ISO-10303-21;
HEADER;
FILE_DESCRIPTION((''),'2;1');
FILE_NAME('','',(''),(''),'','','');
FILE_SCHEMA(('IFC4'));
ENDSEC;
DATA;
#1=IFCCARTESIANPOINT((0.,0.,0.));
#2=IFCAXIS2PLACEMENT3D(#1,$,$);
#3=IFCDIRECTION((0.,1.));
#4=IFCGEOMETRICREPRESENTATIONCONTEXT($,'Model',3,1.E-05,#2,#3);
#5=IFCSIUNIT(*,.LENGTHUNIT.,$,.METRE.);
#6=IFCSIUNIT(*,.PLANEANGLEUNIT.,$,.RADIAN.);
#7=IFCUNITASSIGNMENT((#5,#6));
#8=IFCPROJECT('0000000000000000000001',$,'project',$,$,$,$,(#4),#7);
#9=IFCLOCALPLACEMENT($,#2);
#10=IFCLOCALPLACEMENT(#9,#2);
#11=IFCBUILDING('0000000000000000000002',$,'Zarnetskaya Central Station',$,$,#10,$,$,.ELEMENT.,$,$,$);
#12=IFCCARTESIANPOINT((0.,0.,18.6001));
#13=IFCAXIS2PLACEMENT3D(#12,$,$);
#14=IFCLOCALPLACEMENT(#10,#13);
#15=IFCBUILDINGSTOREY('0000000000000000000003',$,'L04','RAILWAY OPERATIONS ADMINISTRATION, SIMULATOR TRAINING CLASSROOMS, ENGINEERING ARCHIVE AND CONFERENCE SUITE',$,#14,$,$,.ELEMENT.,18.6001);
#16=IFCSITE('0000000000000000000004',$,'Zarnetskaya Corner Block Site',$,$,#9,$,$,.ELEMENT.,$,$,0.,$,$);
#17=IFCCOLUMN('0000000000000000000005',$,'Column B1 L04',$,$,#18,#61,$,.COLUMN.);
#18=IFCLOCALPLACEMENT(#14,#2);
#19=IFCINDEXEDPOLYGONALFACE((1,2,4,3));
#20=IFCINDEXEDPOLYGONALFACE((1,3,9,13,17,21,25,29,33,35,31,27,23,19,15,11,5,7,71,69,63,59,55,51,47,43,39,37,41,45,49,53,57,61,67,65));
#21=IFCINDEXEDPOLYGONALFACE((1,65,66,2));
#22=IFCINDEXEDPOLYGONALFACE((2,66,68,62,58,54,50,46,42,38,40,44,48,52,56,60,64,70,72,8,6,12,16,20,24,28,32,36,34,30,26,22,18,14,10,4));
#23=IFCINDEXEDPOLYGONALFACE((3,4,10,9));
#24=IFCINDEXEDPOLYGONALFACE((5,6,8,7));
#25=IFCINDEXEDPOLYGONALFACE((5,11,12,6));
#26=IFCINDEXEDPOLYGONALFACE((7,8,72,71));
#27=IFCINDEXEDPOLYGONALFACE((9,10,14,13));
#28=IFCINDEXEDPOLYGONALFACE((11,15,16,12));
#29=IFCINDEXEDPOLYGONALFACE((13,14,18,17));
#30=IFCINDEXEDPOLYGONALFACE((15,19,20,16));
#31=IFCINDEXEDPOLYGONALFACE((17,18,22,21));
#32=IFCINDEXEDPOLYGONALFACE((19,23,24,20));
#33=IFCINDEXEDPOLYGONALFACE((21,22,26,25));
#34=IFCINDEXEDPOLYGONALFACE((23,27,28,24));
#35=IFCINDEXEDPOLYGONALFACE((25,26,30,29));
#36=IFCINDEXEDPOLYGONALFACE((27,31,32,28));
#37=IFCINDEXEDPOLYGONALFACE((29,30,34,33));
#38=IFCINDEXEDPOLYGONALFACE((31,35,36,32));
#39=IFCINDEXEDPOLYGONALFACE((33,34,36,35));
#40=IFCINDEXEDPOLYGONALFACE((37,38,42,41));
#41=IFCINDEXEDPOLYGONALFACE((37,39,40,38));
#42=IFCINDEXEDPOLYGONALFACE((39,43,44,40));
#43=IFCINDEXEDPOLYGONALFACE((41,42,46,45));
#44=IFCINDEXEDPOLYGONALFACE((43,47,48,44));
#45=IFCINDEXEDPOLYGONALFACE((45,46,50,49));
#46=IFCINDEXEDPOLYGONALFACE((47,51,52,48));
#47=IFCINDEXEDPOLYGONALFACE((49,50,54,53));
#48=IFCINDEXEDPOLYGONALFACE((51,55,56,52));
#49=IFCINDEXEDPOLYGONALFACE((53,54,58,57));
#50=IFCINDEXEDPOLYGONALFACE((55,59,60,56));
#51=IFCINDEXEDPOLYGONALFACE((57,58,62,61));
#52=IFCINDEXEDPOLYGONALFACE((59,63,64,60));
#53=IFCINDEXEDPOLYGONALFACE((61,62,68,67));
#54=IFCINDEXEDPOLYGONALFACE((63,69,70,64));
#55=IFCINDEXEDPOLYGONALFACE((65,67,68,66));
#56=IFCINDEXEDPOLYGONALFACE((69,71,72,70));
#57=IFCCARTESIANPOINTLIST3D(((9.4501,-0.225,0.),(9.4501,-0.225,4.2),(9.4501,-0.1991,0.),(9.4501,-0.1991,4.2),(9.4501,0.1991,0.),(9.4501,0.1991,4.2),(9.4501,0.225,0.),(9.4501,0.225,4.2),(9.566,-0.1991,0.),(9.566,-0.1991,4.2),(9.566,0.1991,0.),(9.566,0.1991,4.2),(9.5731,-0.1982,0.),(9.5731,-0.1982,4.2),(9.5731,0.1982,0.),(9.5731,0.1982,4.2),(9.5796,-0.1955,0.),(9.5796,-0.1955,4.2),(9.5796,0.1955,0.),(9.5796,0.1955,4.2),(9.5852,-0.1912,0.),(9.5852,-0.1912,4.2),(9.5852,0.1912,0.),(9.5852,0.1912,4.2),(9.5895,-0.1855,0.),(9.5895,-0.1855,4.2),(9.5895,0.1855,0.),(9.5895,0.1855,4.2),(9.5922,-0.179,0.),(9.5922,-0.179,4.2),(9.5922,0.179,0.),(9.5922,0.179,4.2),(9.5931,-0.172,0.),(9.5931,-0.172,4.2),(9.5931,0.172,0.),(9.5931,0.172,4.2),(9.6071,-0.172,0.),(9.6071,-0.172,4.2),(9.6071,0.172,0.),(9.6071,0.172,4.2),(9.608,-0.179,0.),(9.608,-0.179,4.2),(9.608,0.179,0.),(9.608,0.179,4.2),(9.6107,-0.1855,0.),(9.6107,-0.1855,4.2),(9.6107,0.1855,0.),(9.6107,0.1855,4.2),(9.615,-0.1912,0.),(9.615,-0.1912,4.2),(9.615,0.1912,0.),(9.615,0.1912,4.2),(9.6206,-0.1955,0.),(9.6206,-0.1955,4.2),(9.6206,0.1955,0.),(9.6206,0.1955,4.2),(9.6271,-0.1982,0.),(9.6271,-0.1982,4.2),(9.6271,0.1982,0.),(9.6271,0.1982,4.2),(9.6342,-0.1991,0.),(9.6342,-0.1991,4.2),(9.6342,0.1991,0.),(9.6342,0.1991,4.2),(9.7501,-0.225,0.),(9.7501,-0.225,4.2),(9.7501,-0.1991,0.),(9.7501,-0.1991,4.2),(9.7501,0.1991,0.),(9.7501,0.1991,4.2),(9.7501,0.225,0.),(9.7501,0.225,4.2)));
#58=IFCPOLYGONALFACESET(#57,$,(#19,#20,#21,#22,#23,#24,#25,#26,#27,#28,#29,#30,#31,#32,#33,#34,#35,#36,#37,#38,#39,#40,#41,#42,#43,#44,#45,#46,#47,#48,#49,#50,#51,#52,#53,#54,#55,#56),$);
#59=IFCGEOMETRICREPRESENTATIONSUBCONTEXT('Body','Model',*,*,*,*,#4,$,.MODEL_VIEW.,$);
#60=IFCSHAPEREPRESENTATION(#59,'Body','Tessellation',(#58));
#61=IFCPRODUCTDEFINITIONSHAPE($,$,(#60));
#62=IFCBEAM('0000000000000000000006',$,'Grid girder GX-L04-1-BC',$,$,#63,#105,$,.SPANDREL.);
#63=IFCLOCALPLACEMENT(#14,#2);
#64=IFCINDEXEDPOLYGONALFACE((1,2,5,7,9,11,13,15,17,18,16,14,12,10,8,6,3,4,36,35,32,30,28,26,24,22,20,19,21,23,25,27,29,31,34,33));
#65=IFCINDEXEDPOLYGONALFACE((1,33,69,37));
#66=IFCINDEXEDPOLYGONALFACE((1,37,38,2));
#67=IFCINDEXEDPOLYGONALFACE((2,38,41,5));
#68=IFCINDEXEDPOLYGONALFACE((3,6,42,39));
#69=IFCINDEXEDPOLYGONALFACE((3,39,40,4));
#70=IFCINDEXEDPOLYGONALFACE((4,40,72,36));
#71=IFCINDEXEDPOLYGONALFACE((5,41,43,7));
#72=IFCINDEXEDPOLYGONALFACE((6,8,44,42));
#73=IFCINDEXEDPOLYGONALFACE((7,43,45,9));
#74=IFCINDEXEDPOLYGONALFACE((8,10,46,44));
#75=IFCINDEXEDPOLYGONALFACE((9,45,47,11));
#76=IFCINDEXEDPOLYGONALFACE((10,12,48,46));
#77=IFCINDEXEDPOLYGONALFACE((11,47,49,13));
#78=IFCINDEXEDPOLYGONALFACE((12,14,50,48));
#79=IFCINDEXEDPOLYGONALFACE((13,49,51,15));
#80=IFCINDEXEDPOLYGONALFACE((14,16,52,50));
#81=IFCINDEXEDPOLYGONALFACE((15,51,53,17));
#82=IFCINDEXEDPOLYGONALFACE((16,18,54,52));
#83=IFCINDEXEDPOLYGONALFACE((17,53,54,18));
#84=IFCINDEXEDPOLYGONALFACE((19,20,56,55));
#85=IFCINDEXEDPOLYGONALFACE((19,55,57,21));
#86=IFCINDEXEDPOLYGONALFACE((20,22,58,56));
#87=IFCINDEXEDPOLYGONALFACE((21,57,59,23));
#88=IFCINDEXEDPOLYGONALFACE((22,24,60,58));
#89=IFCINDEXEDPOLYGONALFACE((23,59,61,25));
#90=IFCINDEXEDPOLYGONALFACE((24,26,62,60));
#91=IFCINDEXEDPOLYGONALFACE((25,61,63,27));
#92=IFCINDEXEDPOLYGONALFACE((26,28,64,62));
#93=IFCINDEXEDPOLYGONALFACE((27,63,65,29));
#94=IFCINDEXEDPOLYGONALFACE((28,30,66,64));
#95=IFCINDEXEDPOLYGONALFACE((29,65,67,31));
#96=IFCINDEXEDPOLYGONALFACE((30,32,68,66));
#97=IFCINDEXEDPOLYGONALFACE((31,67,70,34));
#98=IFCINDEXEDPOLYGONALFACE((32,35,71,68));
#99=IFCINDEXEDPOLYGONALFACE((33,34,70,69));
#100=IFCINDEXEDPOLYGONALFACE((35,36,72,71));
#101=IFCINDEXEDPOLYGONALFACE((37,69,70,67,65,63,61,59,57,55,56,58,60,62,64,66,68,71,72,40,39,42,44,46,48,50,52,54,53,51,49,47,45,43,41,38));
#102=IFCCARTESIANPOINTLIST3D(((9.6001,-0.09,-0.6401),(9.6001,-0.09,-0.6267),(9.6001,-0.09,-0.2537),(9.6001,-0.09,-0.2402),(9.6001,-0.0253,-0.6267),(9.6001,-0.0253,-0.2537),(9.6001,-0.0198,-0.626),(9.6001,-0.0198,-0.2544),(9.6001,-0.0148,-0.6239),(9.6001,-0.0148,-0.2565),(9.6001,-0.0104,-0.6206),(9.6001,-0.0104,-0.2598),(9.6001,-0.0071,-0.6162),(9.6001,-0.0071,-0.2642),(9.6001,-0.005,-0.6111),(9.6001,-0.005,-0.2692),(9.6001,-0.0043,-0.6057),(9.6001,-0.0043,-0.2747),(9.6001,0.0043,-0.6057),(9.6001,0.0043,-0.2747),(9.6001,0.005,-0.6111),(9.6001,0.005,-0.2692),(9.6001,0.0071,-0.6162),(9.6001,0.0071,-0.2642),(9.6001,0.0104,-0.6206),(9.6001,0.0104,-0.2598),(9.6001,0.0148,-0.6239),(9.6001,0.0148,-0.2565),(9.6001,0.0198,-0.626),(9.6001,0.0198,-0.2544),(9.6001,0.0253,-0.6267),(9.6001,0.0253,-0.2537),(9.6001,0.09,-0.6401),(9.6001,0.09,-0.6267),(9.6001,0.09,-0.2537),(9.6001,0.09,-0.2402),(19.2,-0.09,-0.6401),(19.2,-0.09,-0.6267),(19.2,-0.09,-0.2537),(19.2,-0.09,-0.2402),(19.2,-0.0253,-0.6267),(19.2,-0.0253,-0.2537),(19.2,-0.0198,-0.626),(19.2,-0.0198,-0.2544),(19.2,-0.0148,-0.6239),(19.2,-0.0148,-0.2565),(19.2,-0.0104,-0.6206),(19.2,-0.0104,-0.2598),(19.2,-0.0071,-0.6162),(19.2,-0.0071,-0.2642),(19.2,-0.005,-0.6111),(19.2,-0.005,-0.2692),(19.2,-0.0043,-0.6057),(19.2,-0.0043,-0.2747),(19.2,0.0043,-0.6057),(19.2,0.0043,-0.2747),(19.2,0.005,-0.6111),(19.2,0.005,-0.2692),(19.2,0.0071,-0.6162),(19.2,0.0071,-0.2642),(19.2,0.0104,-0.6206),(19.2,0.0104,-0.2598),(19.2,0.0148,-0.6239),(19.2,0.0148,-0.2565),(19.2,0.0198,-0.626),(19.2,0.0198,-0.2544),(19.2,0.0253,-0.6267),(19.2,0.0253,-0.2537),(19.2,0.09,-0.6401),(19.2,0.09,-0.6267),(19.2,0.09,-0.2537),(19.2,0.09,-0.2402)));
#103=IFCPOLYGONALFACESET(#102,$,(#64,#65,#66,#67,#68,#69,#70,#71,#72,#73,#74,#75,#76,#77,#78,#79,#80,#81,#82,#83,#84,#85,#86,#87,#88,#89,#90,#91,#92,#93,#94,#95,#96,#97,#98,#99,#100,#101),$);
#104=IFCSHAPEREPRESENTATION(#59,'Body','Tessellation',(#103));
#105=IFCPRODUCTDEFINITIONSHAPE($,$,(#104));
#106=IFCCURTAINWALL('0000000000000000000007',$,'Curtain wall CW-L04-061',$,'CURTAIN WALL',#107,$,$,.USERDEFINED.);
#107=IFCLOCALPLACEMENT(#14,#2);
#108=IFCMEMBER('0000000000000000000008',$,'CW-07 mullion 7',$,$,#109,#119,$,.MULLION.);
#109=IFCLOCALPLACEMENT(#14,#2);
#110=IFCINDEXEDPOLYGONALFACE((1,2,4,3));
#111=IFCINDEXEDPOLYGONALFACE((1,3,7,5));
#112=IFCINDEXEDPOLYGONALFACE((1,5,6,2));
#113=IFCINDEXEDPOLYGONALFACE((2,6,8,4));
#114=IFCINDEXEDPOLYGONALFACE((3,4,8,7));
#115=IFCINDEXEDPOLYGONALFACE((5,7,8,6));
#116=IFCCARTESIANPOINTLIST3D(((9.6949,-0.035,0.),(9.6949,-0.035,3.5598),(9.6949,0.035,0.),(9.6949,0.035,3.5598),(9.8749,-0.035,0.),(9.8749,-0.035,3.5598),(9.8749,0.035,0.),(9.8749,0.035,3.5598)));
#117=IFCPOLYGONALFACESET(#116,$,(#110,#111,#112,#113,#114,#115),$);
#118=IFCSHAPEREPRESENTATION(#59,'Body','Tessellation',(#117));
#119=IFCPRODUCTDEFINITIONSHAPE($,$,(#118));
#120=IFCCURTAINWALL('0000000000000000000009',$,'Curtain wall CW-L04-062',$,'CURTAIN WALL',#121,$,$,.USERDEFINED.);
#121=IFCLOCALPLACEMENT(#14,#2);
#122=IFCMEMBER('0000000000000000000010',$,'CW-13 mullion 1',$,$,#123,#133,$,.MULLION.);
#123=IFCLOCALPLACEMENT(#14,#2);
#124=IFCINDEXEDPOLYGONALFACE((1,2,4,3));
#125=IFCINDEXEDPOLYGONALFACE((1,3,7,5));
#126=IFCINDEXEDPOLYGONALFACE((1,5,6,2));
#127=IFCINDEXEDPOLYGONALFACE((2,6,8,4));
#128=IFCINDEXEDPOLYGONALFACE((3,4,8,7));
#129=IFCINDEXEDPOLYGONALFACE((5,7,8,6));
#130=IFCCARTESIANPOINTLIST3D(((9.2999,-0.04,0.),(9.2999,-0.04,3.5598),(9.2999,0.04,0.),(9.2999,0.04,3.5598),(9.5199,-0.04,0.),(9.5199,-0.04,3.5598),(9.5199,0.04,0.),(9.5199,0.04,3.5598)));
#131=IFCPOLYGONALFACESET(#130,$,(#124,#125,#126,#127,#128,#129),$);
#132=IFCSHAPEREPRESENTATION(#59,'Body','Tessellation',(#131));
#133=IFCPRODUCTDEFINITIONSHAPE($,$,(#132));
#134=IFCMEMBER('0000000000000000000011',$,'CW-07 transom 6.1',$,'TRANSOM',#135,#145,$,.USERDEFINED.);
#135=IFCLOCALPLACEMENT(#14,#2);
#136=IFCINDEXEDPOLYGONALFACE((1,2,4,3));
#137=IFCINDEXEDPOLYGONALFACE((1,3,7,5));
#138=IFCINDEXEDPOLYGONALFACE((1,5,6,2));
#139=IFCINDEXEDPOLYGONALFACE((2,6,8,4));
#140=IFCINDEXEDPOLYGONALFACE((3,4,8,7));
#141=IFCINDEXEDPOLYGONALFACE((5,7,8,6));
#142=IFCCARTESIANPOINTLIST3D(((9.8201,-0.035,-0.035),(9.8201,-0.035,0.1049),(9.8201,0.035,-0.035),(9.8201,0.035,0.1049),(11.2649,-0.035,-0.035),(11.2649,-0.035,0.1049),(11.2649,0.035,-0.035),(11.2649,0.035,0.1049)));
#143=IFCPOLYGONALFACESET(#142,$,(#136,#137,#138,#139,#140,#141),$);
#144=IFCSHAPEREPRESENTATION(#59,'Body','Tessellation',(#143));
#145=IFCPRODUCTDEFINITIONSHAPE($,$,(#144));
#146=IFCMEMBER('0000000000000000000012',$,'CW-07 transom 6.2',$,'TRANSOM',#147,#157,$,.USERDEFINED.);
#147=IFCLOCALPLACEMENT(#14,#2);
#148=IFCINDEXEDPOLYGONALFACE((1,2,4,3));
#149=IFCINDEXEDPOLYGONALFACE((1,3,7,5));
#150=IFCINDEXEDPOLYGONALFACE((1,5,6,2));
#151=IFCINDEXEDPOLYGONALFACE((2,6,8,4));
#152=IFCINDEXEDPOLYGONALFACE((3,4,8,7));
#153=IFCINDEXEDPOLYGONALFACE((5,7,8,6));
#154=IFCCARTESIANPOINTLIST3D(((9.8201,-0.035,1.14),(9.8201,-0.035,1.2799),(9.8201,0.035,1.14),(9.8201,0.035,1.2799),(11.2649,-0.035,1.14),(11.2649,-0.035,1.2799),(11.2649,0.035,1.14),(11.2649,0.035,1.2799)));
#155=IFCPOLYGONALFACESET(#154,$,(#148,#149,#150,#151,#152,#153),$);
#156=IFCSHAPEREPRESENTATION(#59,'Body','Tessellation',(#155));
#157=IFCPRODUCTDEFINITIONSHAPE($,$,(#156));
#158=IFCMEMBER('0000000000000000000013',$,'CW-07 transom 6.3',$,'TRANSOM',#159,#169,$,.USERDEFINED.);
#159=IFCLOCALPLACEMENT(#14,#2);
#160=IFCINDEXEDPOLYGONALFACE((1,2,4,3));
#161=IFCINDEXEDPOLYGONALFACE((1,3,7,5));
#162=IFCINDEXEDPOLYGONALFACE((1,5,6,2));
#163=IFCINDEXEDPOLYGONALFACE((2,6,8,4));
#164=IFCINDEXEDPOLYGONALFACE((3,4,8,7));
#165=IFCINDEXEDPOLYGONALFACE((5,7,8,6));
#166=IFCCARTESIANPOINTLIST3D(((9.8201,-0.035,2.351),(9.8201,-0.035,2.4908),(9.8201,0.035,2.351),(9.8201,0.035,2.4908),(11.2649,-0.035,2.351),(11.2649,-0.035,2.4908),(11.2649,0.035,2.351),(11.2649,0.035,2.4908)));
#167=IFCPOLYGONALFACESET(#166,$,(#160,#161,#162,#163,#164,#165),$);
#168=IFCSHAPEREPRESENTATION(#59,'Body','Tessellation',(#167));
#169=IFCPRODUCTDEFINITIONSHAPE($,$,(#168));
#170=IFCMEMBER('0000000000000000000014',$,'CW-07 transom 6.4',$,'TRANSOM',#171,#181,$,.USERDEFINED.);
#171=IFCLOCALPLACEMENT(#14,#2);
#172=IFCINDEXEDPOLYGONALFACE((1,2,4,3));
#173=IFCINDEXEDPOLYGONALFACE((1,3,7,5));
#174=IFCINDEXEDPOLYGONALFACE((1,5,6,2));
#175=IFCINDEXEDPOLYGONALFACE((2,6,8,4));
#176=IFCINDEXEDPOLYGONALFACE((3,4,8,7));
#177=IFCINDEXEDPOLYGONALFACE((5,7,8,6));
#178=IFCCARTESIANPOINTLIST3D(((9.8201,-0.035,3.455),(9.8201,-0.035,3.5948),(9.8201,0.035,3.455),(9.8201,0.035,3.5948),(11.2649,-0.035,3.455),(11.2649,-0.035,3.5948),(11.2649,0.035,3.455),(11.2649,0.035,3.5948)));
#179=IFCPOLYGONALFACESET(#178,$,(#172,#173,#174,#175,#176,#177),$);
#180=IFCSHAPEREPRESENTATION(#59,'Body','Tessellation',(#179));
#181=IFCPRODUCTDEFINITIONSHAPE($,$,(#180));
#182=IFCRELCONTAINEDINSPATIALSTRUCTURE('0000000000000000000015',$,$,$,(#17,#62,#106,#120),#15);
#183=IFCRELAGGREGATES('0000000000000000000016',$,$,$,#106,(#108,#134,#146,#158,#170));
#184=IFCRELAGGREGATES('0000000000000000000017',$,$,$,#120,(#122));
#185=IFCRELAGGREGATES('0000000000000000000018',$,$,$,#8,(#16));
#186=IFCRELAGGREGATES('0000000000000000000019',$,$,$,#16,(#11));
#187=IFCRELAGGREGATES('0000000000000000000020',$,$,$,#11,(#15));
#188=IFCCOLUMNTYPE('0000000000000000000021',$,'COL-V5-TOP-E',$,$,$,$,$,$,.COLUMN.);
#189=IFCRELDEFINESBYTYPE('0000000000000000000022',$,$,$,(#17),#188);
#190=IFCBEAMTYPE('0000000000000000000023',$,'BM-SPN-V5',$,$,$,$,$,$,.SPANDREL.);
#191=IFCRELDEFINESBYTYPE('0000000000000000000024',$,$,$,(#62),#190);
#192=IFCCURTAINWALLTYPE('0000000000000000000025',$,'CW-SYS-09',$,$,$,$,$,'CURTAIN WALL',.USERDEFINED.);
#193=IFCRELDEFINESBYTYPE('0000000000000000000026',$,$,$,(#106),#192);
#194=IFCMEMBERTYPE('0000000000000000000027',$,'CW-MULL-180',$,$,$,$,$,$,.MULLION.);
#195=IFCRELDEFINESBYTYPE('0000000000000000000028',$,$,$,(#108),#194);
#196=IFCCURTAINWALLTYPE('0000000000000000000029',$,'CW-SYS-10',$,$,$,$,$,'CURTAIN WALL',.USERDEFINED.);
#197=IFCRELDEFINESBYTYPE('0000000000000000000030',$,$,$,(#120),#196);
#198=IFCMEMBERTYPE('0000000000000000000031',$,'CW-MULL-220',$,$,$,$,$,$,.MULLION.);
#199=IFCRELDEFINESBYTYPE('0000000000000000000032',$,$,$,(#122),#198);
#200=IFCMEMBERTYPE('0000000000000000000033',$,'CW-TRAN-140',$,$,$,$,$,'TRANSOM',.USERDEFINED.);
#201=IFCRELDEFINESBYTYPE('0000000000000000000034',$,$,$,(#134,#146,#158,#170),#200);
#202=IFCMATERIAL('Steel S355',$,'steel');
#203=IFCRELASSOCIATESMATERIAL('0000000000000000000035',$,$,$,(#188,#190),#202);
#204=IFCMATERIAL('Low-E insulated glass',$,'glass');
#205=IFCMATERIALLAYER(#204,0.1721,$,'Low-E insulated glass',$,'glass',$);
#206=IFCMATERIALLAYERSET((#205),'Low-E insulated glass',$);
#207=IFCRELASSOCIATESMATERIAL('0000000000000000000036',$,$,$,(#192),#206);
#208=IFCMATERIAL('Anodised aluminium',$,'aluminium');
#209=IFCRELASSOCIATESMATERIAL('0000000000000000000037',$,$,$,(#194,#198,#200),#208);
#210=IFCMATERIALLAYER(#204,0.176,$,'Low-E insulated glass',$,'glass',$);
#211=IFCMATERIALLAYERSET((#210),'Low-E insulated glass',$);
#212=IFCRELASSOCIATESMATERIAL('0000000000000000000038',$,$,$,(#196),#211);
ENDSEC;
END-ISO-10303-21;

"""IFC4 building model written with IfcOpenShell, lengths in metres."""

from ifc_helpers import new_model, si_unit, direction, frame, origin, origin_2d, place, context, subcontext, project, spatial, rectangle, i_section, extrude, material, layer, layer_set, material_profile, profile_set, type_object, element, aggregate, save


model = new_model("IFC4")

# Units and contexts
model_context = context("Model", 3, precision=1e-05, world=origin(), true_north=direction((0.0, 1.0)))
body_context = subcontext(model_context, "Body", "Model", "MODEL_VIEW")
ifc_project = project(units=[si_unit("LENGTHUNIT", "METRE"), si_unit("PLANEANGLEUNIT", "RADIAN")], contexts=[model_context])

# Site, building, storey
site_placement = place(None, origin())
site = spatial("IfcSite", under=ifc_project, at=site_placement, Name="Zarnetskaya Corner Block Site", CompositionType="ELEMENT", RefElevation=0.0)
building_placement = place(site_placement, origin())
building = spatial("IfcBuilding", under=site, at=building_placement, Name="Zarnetskaya Central Station", CompositionType="ELEMENT")
storey_placement = place(building_placement, frame((0.0, 0.0, 18.6001)))
storey = spatial("IfcBuildingStorey", under=building, at=storey_placement, Name="L04", Description="RAILWAY OPERATIONS ADMINISTRATION, SIMULATOR TRAINING CLASSROOMS, ENGINEERING ARCHIVE AND CONFERENCE SUITE", CompositionType="ELEMENT", Elevation=18.6001)

# Column
ifc_material_1 = material(Name="Steel S355", Category="steel")
ifc_material_profile_1 = material_profile(ifc_material_1, i_section(OverallWidth=0.3, OverallDepth=0.45, WebThickness=0.0139, FlangeThickness=0.0259, FilletRadius=0.0271, at=origin_2d()), Name="HEB 450")
ifc_profile_set_1 = profile_set([ifc_material_profile_1], Name="Steel S355")
column_type = type_object("IfcColumnType", Name="COL-V5-TOP-E", PredefinedType="COLUMN", material=ifc_profile_set_1)
column_placement = place(storey_placement, frame((9.6001, 0.0, 0.0), z_axis=(0.0, 0.0, 1.0), x_axis=(1.0, 0.0, 0.0)))
element("IfcColumn", 1, at=column_placement, inside=storey, type_object=column_type, Name="Column B1 L04", PredefinedType="COLUMN", context=body_context, shape_type="SweptSolid", body=[
    extrude(i_section(OverallWidth=0.3, OverallDepth=0.45, WebThickness=0.0139, FlangeThickness=0.0259, FilletRadius=0.0271, at=origin_2d()), origin(), (0.0, 0.0, 1.0), 4.2),
])

# Beam
ifc_material_profile_2 = material_profile(ifc_material_1, i_section(OverallWidth=0.1799, OverallDepth=0.3999, WebThickness=0.0085, FlangeThickness=0.0134, FilletRadius=0.021, at=origin_2d()), Name="IPE 400")
ifc_profile_set_2 = profile_set([ifc_material_profile_2], Name="Steel S355")
beam_type_1 = type_object("IfcBeamType", Name="BM-SPN-V5", PredefinedType="SPANDREL", material=ifc_profile_set_2)
beam_1_placement = place(storey_placement, frame((9.6001, 0.0, -0.4402), z_axis=(1.0, 0.0, 0.0), x_axis=(0.0, 1.0, 0.0)))
element("IfcBeam", 2, at=beam_1_placement, inside=storey, type_object=beam_type_1, Name="Grid girder GX-L04-1-BC", PredefinedType="SPANDREL", context=body_context, shape_type="SweptSolid", body=[
    extrude(i_section(OverallWidth=0.1799, OverallDepth=0.3999, WebThickness=0.0085, FlangeThickness=0.0134, FilletRadius=0.021, at=origin_2d()), origin(), (0.0, 0.0, 1.0), 9.5999),
])

# Curtain walls, members
ifc_material_2 = material(Name="Low-E insulated glass", Category="glass")
ifc_layer_1 = layer(ifc_material_2, 0.1721, Name="Low-E insulated glass", Category="glass")
ifc_layer_set_1 = layer_set([ifc_layer_1], Name="Low-E insulated glass")
curtain_wall_type_1 = type_object("IfcCurtainWallType", Name="CW-SYS-09", ElementType="CURTAIN WALL", PredefinedType="USERDEFINED", material=ifc_layer_set_1)
curtain_wall_1_placement = place(storey_placement, origin())
curtain_wall_1 = element("IfcCurtainWall", 3, at=curtain_wall_1_placement, inside=storey, type_object=curtain_wall_type_1, Name="Curtain wall CW-L04-061", ObjectType="CURTAIN WALL", PredefinedType="USERDEFINED")
ifc_material_3 = material(Name="Anodised aluminium", Category="aluminium")
ifc_material_profile_3 = material_profile(ifc_material_3, rectangle(XDim=0.0701, YDim=0.1799, at=origin_2d()), Name="ALU MULL 70x180")
ifc_profile_set_3 = profile_set([ifc_material_profile_3], Name="Anodised aluminium")
member_type_1 = type_object("IfcMemberType", Name="CW-MULL-180", PredefinedType="MULLION", material=ifc_profile_set_3)
member_1_placement = place(storey_placement, frame((9.7849, 0.0, 0.0), z_axis=(0.0, 0.0, 1.0), x_axis=(0.0, -1.0, 0.0)))
member_1 = element("IfcMember", 4, at=member_1_placement, type_object=member_type_1, Name="CW-07 mullion 7", PredefinedType="MULLION", context=body_context, shape_type="SweptSolid", body=[
    extrude(rectangle(XDim=0.0701, YDim=0.1799, at=origin_2d()), origin(), (0.0, 0.0, 1.0), 3.5598),
])
ifc_layer_2 = layer(ifc_material_2, 0.176, Name="Low-E insulated glass", Category="glass")
ifc_layer_set_2 = layer_set([ifc_layer_2], Name="Low-E insulated glass")
curtain_wall_type_2 = type_object("IfcCurtainWallType", Name="CW-SYS-10", ElementType="CURTAIN WALL", PredefinedType="USERDEFINED", material=ifc_layer_set_2)
curtain_wall_2_placement = place(storey_placement, origin())
curtain_wall_2 = element("IfcCurtainWall", 5, at=curtain_wall_2_placement, inside=storey, type_object=curtain_wall_type_2, Name="Curtain wall CW-L04-062", ObjectType="CURTAIN WALL", PredefinedType="USERDEFINED")
ifc_material_profile_4 = material_profile(ifc_material_3, rectangle(XDim=0.0801, YDim=0.22, at=origin_2d()), Name="ALU MULL 80x220")
ifc_profile_set_4 = profile_set([ifc_material_profile_4], Name="Anodised aluminium")
member_type_2 = type_object("IfcMemberType", Name="CW-MULL-220", PredefinedType="MULLION", material=ifc_profile_set_4)
member_2_placement = place(storey_placement, frame((9.4099, 0.0, 0.0), z_axis=(0.0, 0.0, 1.0), x_axis=(0.0, -1.0, 0.0)))
member_2 = element("IfcMember", 6, at=member_2_placement, type_object=member_type_2, Name="CW-13 mullion 1", PredefinedType="MULLION", context=body_context, shape_type="SweptSolid", body=[
    extrude(rectangle(XDim=0.0801, YDim=0.22, at=origin_2d()), origin(), (0.0, 0.0, 1.0), 3.5598),
])

# Members
ifc_material_profile_5 = material_profile(ifc_material_3, rectangle(XDim=0.0701, YDim=0.1399, at=origin_2d()), Name="ALU TRAN 70x140")
ifc_profile_set_5 = profile_set([ifc_material_profile_5], Name="Anodised aluminium")
member_type_3 = type_object("IfcMemberType", Name="CW-TRAN-140", ElementType="TRANSOM", PredefinedType="USERDEFINED", material=ifc_profile_set_5)
member_3_placement = place(storey_placement, frame((11.2649, 0.0, 0.0349), z_axis=(-1.0, 0.0, 0.0), x_axis=(0.0, -1.0, 0.0)))
member_3 = element("IfcMember", 7, at=member_3_placement, type_object=member_type_3, Name="CW-07 transom 6.1", ObjectType="TRANSOM", PredefinedType="USERDEFINED", context=body_context, shape_type="SweptSolid", body=[
    extrude(rectangle(XDim=0.0701, YDim=0.1399, at=origin_2d()), origin(), (0.0, 0.0, 1.0), 1.4448),
])
member_4_placement = place(storey_placement, frame((11.2649, 0.0, 1.21), z_axis=(-1.0, 0.0, 0.0), x_axis=(0.0, -1.0, 0.0)))
member_4 = element("IfcMember", 8, at=member_4_placement, type_object=member_type_3, Name="CW-07 transom 6.2", ObjectType="TRANSOM", PredefinedType="USERDEFINED", context=body_context, shape_type="SweptSolid", body=[
    extrude(rectangle(XDim=0.0701, YDim=0.1399, at=origin_2d()), origin(), (0.0, 0.0, 1.0), 1.4448),
])
member_5_placement = place(storey_placement, frame((11.2649, 0.0, 2.4209), z_axis=(-1.0, 0.0, 0.0), x_axis=(0.0, -1.0, 0.0)))
member_5 = element("IfcMember", 9, at=member_5_placement, type_object=member_type_3, Name="CW-07 transom 6.3", ObjectType="TRANSOM", PredefinedType="USERDEFINED", context=body_context, shape_type="SweptSolid", body=[
    extrude(rectangle(XDim=0.0701, YDim=0.1399, at=origin_2d()), origin(), (0.0, 0.0, 1.0), 1.4448),
])
member_6_placement = place(storey_placement, frame((11.2649, 0.0, 3.5249), z_axis=(-1.0, 0.0, 0.0), x_axis=(0.0, -1.0, 0.0)))
member_6 = element("IfcMember", 10, at=member_6_placement, type_object=member_type_3, Name="CW-07 transom 6.4", ObjectType="TRANSOM", PredefinedType="USERDEFINED", context=body_context, shape_type="SweptSolid", body=[
    extrude(rectangle(XDim=0.0701, YDim=0.1399, at=origin_2d()), origin(), (0.0, 0.0, 1.0), 1.4448),
])

aggregate(curtain_wall_1, [member_1, member_3, member_4, member_5, member_6])
aggregate(curtain_wall_2, [member_2])

save(model, "model.ifc")
